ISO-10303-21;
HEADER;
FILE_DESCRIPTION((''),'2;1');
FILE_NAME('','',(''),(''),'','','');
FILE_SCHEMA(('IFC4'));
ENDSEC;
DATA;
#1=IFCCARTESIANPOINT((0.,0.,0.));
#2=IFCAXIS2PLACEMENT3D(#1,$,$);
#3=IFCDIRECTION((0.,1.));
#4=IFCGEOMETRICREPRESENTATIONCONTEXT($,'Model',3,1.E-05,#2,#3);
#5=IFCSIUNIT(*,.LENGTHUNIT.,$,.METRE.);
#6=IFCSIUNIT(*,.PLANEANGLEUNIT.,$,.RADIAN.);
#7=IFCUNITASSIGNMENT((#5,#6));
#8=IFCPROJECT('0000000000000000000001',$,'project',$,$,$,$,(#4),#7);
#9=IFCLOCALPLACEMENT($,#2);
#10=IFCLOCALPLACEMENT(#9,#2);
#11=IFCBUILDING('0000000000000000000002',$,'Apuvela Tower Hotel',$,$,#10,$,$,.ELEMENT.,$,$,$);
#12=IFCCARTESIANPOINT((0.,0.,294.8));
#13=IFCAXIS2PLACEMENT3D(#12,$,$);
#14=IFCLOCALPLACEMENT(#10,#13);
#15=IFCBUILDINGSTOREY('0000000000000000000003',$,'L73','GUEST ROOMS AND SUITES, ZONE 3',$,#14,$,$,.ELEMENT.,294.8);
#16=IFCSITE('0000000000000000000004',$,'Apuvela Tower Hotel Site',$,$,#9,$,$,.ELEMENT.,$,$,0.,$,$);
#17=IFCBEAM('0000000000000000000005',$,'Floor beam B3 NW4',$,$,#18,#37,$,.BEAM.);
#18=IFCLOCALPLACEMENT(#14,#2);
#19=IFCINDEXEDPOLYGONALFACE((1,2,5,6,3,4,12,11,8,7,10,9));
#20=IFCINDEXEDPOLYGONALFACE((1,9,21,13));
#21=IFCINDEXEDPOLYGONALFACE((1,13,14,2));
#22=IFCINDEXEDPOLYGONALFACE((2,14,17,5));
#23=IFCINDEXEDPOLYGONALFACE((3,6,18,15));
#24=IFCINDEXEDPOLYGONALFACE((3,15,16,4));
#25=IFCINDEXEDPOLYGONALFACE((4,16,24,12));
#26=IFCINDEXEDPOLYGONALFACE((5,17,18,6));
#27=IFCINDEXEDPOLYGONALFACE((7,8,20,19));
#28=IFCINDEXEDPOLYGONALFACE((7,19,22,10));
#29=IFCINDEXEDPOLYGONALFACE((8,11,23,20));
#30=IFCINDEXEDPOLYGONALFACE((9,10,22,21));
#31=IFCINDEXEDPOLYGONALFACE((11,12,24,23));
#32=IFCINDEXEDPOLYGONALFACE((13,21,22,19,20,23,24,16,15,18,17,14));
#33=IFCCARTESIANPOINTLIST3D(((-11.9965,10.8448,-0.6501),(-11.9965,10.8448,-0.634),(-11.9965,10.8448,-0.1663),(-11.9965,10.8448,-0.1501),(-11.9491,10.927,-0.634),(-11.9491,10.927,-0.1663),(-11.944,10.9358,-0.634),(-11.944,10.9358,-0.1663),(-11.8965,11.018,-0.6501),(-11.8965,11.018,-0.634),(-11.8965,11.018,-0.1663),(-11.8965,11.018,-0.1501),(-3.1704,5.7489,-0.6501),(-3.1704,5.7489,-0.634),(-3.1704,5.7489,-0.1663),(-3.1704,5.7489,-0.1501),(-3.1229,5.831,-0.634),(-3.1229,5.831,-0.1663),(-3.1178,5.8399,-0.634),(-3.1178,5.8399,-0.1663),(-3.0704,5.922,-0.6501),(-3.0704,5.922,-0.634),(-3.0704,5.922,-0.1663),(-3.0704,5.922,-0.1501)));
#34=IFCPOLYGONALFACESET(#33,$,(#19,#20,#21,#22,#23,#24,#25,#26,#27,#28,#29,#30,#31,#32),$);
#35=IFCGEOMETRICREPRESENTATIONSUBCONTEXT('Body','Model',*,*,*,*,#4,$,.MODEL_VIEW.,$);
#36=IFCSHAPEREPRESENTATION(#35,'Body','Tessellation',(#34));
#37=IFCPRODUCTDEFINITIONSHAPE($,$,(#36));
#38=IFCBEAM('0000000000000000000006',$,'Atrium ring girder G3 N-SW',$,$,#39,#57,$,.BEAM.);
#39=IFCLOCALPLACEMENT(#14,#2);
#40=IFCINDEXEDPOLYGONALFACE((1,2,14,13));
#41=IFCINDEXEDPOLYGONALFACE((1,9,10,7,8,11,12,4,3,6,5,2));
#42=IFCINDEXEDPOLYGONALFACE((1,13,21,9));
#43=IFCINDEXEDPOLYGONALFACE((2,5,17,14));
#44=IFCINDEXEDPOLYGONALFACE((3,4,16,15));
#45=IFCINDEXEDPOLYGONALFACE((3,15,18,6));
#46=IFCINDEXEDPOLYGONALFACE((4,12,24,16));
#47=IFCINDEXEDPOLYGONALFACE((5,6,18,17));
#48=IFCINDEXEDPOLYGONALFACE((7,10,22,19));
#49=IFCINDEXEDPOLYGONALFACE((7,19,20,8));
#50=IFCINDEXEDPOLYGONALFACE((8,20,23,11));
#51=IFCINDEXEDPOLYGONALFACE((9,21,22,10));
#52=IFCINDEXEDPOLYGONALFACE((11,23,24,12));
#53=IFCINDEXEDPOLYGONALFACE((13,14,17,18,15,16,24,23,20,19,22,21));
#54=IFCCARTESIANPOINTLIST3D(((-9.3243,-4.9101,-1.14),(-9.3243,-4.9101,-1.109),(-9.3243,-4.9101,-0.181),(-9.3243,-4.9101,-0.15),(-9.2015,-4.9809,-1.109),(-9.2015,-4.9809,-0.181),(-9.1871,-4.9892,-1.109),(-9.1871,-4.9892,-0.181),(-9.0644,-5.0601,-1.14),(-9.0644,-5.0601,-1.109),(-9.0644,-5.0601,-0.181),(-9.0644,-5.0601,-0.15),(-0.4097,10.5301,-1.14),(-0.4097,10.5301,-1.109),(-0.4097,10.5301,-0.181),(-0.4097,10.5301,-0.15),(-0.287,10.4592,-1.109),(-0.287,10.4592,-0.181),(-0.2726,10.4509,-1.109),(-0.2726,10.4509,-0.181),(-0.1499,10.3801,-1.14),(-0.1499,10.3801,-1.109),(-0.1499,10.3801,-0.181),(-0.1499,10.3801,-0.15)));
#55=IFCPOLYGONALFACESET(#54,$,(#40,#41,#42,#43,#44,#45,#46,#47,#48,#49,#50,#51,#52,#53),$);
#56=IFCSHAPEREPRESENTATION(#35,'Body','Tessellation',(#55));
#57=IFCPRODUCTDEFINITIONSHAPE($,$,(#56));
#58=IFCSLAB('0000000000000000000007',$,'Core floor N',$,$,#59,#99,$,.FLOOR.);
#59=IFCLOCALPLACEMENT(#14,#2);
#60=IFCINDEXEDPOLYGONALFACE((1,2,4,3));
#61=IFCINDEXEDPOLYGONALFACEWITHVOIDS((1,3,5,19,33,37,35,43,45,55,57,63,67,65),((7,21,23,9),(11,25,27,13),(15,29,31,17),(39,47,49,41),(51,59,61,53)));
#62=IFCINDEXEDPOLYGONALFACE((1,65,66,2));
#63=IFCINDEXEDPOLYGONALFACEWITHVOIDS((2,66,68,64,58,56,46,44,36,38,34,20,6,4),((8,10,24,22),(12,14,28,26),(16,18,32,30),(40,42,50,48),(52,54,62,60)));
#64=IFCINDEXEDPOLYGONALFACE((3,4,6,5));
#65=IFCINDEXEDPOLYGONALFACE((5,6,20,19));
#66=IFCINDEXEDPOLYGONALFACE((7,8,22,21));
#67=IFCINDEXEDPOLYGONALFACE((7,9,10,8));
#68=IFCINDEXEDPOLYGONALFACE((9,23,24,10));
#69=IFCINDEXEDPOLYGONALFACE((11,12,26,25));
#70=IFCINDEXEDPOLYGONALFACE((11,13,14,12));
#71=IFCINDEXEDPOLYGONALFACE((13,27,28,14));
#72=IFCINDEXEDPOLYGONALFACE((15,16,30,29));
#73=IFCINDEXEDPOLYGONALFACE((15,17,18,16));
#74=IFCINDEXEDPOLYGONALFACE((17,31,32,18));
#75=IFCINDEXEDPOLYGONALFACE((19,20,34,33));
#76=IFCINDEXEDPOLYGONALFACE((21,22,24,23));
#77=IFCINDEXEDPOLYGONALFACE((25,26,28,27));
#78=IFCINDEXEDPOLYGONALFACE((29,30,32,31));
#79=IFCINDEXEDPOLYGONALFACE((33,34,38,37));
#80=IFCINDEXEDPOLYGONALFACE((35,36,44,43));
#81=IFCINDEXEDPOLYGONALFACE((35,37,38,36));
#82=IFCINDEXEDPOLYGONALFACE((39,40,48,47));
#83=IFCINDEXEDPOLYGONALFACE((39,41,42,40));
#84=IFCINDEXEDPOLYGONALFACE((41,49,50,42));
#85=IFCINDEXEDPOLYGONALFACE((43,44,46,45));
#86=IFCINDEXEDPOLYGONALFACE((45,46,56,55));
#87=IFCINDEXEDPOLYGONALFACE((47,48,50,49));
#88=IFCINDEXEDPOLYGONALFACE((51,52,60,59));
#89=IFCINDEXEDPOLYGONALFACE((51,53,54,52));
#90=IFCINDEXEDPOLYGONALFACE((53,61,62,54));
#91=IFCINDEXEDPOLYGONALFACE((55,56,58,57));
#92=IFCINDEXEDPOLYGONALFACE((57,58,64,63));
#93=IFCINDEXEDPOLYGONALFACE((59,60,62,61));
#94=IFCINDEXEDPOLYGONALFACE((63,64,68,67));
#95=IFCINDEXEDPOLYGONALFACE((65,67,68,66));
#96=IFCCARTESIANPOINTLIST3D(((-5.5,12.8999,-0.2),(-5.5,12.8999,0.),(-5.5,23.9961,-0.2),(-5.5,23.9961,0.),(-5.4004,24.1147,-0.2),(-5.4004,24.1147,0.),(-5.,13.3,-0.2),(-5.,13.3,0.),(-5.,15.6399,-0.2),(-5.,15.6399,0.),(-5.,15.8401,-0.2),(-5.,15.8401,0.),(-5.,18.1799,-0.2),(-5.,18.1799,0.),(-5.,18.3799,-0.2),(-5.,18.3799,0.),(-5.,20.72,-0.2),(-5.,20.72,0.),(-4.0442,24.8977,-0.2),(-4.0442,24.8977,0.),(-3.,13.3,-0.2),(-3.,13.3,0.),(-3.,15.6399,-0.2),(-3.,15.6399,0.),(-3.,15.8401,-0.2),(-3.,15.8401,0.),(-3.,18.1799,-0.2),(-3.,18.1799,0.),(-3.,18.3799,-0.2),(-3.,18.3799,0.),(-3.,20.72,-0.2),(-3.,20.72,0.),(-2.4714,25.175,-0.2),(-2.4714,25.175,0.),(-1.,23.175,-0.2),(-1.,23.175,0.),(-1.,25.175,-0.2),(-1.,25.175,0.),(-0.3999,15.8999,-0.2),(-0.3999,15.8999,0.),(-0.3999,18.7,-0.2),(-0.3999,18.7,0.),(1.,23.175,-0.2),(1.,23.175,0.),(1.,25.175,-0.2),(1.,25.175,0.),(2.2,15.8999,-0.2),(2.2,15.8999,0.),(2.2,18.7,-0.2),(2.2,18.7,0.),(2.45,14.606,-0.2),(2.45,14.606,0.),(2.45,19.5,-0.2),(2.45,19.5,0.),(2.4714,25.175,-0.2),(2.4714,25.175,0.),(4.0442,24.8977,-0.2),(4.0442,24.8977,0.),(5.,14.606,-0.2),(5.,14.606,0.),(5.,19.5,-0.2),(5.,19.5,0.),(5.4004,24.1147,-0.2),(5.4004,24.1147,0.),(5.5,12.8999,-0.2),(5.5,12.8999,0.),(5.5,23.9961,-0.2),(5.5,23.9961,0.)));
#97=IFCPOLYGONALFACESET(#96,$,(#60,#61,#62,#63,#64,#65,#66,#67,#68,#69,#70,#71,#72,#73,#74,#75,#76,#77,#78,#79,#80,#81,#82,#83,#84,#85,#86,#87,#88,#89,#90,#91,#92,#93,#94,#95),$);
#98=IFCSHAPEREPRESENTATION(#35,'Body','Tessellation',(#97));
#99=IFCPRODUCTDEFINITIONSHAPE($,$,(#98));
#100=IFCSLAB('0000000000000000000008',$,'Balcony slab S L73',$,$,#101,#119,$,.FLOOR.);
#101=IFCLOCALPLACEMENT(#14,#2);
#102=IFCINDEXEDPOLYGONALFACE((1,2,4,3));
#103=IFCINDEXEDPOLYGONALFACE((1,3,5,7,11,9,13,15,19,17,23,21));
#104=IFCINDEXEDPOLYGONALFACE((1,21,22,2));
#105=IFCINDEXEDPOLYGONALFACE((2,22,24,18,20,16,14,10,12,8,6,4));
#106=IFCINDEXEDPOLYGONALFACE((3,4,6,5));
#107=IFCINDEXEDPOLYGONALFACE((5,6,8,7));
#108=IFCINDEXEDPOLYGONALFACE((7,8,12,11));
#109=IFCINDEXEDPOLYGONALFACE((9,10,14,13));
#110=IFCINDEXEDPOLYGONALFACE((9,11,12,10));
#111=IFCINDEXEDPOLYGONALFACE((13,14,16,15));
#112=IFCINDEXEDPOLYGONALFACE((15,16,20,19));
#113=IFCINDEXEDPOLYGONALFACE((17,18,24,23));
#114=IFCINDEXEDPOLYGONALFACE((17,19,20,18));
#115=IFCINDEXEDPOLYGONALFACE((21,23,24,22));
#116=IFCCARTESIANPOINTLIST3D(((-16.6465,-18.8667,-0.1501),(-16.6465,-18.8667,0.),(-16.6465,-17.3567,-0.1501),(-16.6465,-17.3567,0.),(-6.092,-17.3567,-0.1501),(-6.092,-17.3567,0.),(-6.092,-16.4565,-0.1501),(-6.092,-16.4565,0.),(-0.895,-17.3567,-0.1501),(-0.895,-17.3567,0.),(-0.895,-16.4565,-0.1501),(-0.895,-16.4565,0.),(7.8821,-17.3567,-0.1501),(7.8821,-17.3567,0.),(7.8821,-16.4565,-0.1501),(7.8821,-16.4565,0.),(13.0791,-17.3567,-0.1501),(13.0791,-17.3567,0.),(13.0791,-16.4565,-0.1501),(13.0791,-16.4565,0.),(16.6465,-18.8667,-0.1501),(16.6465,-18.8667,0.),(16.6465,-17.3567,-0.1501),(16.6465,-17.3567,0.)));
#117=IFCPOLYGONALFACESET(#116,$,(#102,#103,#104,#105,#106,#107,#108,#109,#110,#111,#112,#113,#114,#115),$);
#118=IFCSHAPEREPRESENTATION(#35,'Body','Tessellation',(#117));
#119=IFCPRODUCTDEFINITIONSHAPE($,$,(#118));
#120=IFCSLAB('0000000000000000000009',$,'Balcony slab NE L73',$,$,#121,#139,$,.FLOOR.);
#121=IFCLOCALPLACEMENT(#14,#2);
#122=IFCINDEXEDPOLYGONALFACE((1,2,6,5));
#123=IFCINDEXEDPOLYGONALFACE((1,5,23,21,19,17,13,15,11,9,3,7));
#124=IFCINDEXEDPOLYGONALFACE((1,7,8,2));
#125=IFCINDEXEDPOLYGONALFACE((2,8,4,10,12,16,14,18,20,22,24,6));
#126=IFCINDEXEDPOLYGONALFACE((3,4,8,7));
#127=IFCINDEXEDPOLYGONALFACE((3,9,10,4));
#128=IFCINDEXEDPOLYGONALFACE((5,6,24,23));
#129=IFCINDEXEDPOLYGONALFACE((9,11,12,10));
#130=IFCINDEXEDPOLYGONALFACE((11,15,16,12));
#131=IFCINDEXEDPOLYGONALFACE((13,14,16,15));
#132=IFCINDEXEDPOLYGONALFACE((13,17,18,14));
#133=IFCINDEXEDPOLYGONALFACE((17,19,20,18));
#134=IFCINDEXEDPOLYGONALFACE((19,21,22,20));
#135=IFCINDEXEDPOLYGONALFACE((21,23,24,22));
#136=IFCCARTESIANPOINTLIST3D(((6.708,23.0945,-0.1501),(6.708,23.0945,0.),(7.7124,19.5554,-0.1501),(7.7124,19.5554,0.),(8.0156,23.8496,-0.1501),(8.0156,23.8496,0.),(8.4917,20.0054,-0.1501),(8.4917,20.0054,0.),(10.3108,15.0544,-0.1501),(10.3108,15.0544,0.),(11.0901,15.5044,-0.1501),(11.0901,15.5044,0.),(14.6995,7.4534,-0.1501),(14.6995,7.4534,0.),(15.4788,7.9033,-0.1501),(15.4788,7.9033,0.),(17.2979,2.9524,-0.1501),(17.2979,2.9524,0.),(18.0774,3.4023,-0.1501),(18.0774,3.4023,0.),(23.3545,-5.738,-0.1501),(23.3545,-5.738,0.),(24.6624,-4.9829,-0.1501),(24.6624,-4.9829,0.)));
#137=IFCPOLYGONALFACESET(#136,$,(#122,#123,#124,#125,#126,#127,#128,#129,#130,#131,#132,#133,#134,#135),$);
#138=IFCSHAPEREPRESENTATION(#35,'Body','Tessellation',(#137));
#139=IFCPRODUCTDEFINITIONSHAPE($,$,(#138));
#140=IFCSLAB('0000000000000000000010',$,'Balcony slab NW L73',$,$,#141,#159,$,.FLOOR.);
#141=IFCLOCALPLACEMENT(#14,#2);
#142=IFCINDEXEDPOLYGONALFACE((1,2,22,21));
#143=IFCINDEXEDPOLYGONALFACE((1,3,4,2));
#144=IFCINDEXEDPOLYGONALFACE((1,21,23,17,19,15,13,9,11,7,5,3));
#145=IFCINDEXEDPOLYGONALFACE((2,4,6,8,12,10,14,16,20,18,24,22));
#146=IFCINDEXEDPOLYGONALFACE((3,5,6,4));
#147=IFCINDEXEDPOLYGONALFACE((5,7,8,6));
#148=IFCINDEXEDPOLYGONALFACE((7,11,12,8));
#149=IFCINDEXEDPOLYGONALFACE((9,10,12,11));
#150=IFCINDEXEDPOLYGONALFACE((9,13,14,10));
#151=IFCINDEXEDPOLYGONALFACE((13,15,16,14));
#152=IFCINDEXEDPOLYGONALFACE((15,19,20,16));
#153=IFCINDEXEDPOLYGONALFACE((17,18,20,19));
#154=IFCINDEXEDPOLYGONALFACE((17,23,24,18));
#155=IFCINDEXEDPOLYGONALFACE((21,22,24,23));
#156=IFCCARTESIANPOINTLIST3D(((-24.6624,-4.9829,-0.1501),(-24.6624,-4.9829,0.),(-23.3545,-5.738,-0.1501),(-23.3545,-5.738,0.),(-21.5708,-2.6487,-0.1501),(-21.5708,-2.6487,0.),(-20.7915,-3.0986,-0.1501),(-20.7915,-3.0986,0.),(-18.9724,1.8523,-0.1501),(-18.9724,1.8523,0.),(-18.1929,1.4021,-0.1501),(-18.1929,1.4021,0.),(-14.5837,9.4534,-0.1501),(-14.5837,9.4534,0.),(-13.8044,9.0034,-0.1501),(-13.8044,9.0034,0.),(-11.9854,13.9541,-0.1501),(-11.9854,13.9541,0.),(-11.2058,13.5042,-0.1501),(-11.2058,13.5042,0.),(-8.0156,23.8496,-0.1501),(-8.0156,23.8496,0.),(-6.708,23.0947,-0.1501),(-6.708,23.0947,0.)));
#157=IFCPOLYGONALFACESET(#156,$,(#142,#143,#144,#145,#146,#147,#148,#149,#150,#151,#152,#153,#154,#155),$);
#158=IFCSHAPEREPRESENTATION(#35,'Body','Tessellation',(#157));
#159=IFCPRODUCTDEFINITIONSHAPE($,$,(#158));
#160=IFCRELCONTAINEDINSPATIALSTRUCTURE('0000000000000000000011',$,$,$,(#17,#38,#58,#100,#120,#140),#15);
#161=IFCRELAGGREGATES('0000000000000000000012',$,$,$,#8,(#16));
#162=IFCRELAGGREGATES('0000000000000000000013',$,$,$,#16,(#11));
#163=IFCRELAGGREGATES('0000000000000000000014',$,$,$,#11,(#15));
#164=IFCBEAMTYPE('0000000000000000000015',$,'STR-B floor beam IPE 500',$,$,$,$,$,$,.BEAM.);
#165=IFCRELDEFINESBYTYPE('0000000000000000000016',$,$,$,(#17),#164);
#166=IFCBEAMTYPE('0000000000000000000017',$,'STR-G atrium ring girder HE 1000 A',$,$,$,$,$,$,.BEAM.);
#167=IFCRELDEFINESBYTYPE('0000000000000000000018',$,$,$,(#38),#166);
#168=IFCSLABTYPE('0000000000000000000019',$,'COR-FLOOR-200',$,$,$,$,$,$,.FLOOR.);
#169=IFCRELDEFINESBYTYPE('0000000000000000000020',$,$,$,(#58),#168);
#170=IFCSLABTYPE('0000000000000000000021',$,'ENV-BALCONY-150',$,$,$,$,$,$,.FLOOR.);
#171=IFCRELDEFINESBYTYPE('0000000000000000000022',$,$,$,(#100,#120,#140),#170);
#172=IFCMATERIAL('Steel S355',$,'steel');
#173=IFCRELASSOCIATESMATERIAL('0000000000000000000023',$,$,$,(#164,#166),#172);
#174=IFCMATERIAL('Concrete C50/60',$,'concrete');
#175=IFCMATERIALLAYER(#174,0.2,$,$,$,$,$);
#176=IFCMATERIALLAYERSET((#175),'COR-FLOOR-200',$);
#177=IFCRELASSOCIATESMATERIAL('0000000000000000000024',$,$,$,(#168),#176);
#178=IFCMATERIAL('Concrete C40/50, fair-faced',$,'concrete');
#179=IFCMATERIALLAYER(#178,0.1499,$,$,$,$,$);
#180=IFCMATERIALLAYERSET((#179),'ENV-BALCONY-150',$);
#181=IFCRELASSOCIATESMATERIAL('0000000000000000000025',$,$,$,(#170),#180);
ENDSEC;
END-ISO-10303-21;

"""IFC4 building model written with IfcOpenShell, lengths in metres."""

from ifc_helpers import new_model, si_unit, direction, frame, origin, origin_2d, place, context, subcontext, project, spatial, polyline, i_section, outline, extrude, material, layer, layer_set, material_profile, profile_set, type_object, element, save


model = new_model("IFC4")

# Units and contexts
model_context = context("Model", 3, precision=1e-05, world=origin(), true_north=direction((0.0, 1.0)))
body_context = subcontext(model_context, "Body", "Model", "MODEL_VIEW")
ifc_project = project(units=[si_unit("LENGTHUNIT", "METRE"), si_unit("PLANEANGLEUNIT", "RADIAN")], contexts=[model_context])

# Site, building, storey
site_placement = place(None, origin())
site = spatial("IfcSite", under=ifc_project, at=site_placement, Name="Apuvela Tower Hotel Site", CompositionType="ELEMENT", RefElevation=0.0)
building_placement = place(site_placement, origin())
building = spatial("IfcBuilding", under=site, at=building_placement, Name="Apuvela Tower Hotel", CompositionType="ELEMENT")
storey_placement = place(building_placement, frame((0.0, 0.0, 294.8)))
storey = spatial("IfcBuildingStorey", under=building, at=storey_placement, Name="L73", Description="GUEST ROOMS AND SUITES, ZONE 3", CompositionType="ELEMENT", Elevation=294.8)

# Beams
ifc_material_1 = material(Name="Steel S355", Category="steel")
ifc_material_profile_1 = material_profile(ifc_material_1, i_section(OverallWidth=0.2, OverallDepth=0.5, WebThickness=0.0103, FlangeThickness=0.0161, at=origin_2d()), Name="IPE 500")
ifc_profile_set_1 = profile_set([ifc_material_profile_1], Name="Steel S355")
beam_type_1 = type_object("IfcBeamType", Name="STR-B floor beam IPE 500", PredefinedType="BEAM", material=ifc_profile_set_1)
beam_1_placement = place(storey_placement, frame((-11.9465, 10.9314, -0.4001), z_axis=(0.866019, -0.500011, 0.0), x_axis=(0.500011, 0.866019, 0.0)))
element("IfcBeam", 1, at=beam_1_placement, inside=storey, type_object=beam_type_1, Name="Floor beam B3 NW4", PredefinedType="BEAM", context=body_context, shape_type="SweptSolid", body=[
    extrude(i_section(OverallWidth=0.2, OverallDepth=0.5, WebThickness=0.0103, FlangeThickness=0.0161, at=origin_2d()), origin(), (0.0, 0.0, 1.0), 10.1917),
])
ifc_material_profile_2 = material_profile(ifc_material_1, i_section(OverallWidth=0.3, OverallDepth=0.99, WebThickness=0.0166, FlangeThickness=0.031, at=origin_2d()), Name="HE 1000 A")
ifc_profile_set_2 = profile_set([ifc_material_profile_2], Name="Steel S355")
beam_type_2 = type_object("IfcBeamType", Name="STR-G atrium ring girder HE 1000 A", PredefinedType="BEAM", material=ifc_profile_set_2)
beam_2_placement = place(storey_placement, frame((-0.2798, 10.4551, -0.645), z_axis=(-0.500007, -0.866022, 0.0), x_axis=(0.866022, -0.500007, 0.0)))
element("IfcBeam", 2, at=beam_2_placement, inside=storey, type_object=beam_type_2, Name="Atrium ring girder G3 N-SW", PredefinedType="BEAM", context=body_context, shape_type="SweptSolid", body=[
    extrude(i_section(OverallWidth=0.3, OverallDepth=0.99, WebThickness=0.0166, FlangeThickness=0.031, at=origin_2d()), origin(), (0.0, 0.0, 1.0), 17.8289),
])

# Slabs
ifc_material_2 = material(Name="Concrete C50/60", Category="concrete")
ifc_layer_1 = layer(ifc_material_2, 0.2)
ifc_layer_set_1 = layer_set([ifc_layer_1], Name="COR-FLOOR-200")
slab_type_1 = type_object("IfcSlabType", Name="COR-FLOOR-200", PredefinedType="FLOOR", material=ifc_layer_set_1)
slab_1_placement = place(storey_placement, frame((0.0, 0.0, -0.2)))
element("IfcSlab", 3, at=slab_1_placement, inside=storey, type_object=slab_type_1, Name="Core floor N", PredefinedType="FLOOR", context=body_context, shape_type="SweptSolid", body=[
    extrude(outline(polyline([(5.5, 23.9961), (5.4004, 24.1147), (4.0442, 24.8977), (2.4714, 25.175), (1.0, 25.175), (1.0, 23.175), (-1.0, 23.175), (-1.0, 25.175), (-2.4714, 25.175), (-4.0442, 24.8977), (-5.4004, 24.1147), (-5.5, 23.9961), (-5.5, 12.8999), (5.5, 12.8999), (5.5, 23.9961)]), holes=[polyline([(-3.0, 13.3), (-5.0, 13.3), (-5.0, 15.6399), (-3.0, 15.6399), (-3.0, 13.3)]), polyline([(-3.0, 15.8401), (-5.0, 15.8401), (-5.0, 18.1799), (-3.0, 18.1799), (-3.0, 15.8401)]), polyline([(5.0, 14.606), (2.45, 14.606), (2.45, 19.5), (5.0, 19.5), (5.0, 14.606)]), polyline([(2.2, 18.7), (2.2, 15.8999), (-0.3999, 15.8999), (-0.3999, 18.7), (2.2, 18.7)]), polyline([(-3.0, 20.72), (-3.0, 18.3799), (-5.0, 18.3799), (-5.0, 20.72), (-3.0, 20.72)])]), origin(), (0.0, 0.0, 1.0), 0.2),
])
ifc_material_3 = material(Name="Concrete C40/50, fair-faced", Category="concrete")
ifc_layer_2 = layer(ifc_material_3, 0.1499)
ifc_layer_set_2 = layer_set([ifc_layer_2], Name="ENV-BALCONY-150")
slab_type_2 = type_object("IfcSlabType", Name="ENV-BALCONY-150", PredefinedType="FLOOR", material=ifc_layer_set_2)
slab_2_placement = place(storey_placement, frame((0.0, 0.0, -0.1501)))
element("IfcSlab", 4, at=slab_2_placement, inside=storey, type_object=slab_type_2, Name="Balcony slab S L73", PredefinedType="FLOOR", context=body_context, shape_type="SweptSolid", body=[
    extrude(outline(polyline([(16.6465, -18.8667), (-16.6465, -18.8667), (-16.6465, -17.3567), (-6.092, -17.3567), (-6.092, -16.4565), (-0.895, -16.4565), (-0.895, -17.3567), (7.8821, -17.3567), (7.8821, -16.4565), (13.0791, -16.4565), (13.0791, -17.3567), (16.6465, -17.3567), (16.6465, -18.8667)])), origin(), (0.0, 0.0, 1.0), 0.1501),
])
slab_3_placement = place(storey_placement, frame((0.0, 0.0, -0.1501)))
element("IfcSlab", 5, at=slab_3_placement, inside=storey, type_object=slab_type_2, Name="Balcony slab NE L73", PredefinedType="FLOOR", context=body_context, shape_type="SweptSolid", body=[
    extrude(outline(polyline([(15.4788, 7.9033), (11.0901, 15.5044), (10.3108, 15.0544), (7.7124, 19.5554), (8.4917, 20.0054), (6.708, 23.0945), (8.0156, 23.8496), (24.6624, -4.9829), (23.3545, -5.738), (18.0774, 3.4023), (17.2979, 2.9524), (14.6995, 7.4534), (15.4788, 7.9033)])), origin(), (0.0, 0.0, 1.0), 0.1501),
])
slab_4_placement = place(storey_placement, frame((0.0, 0.0, -0.1501)))
element("IfcSlab", 6, at=slab_4_placement, inside=storey, type_object=slab_type_2, Name="Balcony slab NW L73", PredefinedType="FLOOR", context=body_context, shape_type="SweptSolid", body=[
    extrude(outline(polyline([(-24.6624, -4.9829), (-8.0156, 23.8496), (-6.708, 23.0947), (-11.9854, 13.9541), (-11.2058, 13.5042), (-13.8044, 9.0034), (-14.5837, 9.4534), (-18.9724, 1.8523), (-18.1929, 1.4021), (-20.7915, -3.0986), (-21.5708, -2.6487), (-23.3545, -5.738), (-24.6624, -4.9829)])), origin(), (0.0, 0.0, 1.0), 0.1501),
])

save(model, "model.ifc")
